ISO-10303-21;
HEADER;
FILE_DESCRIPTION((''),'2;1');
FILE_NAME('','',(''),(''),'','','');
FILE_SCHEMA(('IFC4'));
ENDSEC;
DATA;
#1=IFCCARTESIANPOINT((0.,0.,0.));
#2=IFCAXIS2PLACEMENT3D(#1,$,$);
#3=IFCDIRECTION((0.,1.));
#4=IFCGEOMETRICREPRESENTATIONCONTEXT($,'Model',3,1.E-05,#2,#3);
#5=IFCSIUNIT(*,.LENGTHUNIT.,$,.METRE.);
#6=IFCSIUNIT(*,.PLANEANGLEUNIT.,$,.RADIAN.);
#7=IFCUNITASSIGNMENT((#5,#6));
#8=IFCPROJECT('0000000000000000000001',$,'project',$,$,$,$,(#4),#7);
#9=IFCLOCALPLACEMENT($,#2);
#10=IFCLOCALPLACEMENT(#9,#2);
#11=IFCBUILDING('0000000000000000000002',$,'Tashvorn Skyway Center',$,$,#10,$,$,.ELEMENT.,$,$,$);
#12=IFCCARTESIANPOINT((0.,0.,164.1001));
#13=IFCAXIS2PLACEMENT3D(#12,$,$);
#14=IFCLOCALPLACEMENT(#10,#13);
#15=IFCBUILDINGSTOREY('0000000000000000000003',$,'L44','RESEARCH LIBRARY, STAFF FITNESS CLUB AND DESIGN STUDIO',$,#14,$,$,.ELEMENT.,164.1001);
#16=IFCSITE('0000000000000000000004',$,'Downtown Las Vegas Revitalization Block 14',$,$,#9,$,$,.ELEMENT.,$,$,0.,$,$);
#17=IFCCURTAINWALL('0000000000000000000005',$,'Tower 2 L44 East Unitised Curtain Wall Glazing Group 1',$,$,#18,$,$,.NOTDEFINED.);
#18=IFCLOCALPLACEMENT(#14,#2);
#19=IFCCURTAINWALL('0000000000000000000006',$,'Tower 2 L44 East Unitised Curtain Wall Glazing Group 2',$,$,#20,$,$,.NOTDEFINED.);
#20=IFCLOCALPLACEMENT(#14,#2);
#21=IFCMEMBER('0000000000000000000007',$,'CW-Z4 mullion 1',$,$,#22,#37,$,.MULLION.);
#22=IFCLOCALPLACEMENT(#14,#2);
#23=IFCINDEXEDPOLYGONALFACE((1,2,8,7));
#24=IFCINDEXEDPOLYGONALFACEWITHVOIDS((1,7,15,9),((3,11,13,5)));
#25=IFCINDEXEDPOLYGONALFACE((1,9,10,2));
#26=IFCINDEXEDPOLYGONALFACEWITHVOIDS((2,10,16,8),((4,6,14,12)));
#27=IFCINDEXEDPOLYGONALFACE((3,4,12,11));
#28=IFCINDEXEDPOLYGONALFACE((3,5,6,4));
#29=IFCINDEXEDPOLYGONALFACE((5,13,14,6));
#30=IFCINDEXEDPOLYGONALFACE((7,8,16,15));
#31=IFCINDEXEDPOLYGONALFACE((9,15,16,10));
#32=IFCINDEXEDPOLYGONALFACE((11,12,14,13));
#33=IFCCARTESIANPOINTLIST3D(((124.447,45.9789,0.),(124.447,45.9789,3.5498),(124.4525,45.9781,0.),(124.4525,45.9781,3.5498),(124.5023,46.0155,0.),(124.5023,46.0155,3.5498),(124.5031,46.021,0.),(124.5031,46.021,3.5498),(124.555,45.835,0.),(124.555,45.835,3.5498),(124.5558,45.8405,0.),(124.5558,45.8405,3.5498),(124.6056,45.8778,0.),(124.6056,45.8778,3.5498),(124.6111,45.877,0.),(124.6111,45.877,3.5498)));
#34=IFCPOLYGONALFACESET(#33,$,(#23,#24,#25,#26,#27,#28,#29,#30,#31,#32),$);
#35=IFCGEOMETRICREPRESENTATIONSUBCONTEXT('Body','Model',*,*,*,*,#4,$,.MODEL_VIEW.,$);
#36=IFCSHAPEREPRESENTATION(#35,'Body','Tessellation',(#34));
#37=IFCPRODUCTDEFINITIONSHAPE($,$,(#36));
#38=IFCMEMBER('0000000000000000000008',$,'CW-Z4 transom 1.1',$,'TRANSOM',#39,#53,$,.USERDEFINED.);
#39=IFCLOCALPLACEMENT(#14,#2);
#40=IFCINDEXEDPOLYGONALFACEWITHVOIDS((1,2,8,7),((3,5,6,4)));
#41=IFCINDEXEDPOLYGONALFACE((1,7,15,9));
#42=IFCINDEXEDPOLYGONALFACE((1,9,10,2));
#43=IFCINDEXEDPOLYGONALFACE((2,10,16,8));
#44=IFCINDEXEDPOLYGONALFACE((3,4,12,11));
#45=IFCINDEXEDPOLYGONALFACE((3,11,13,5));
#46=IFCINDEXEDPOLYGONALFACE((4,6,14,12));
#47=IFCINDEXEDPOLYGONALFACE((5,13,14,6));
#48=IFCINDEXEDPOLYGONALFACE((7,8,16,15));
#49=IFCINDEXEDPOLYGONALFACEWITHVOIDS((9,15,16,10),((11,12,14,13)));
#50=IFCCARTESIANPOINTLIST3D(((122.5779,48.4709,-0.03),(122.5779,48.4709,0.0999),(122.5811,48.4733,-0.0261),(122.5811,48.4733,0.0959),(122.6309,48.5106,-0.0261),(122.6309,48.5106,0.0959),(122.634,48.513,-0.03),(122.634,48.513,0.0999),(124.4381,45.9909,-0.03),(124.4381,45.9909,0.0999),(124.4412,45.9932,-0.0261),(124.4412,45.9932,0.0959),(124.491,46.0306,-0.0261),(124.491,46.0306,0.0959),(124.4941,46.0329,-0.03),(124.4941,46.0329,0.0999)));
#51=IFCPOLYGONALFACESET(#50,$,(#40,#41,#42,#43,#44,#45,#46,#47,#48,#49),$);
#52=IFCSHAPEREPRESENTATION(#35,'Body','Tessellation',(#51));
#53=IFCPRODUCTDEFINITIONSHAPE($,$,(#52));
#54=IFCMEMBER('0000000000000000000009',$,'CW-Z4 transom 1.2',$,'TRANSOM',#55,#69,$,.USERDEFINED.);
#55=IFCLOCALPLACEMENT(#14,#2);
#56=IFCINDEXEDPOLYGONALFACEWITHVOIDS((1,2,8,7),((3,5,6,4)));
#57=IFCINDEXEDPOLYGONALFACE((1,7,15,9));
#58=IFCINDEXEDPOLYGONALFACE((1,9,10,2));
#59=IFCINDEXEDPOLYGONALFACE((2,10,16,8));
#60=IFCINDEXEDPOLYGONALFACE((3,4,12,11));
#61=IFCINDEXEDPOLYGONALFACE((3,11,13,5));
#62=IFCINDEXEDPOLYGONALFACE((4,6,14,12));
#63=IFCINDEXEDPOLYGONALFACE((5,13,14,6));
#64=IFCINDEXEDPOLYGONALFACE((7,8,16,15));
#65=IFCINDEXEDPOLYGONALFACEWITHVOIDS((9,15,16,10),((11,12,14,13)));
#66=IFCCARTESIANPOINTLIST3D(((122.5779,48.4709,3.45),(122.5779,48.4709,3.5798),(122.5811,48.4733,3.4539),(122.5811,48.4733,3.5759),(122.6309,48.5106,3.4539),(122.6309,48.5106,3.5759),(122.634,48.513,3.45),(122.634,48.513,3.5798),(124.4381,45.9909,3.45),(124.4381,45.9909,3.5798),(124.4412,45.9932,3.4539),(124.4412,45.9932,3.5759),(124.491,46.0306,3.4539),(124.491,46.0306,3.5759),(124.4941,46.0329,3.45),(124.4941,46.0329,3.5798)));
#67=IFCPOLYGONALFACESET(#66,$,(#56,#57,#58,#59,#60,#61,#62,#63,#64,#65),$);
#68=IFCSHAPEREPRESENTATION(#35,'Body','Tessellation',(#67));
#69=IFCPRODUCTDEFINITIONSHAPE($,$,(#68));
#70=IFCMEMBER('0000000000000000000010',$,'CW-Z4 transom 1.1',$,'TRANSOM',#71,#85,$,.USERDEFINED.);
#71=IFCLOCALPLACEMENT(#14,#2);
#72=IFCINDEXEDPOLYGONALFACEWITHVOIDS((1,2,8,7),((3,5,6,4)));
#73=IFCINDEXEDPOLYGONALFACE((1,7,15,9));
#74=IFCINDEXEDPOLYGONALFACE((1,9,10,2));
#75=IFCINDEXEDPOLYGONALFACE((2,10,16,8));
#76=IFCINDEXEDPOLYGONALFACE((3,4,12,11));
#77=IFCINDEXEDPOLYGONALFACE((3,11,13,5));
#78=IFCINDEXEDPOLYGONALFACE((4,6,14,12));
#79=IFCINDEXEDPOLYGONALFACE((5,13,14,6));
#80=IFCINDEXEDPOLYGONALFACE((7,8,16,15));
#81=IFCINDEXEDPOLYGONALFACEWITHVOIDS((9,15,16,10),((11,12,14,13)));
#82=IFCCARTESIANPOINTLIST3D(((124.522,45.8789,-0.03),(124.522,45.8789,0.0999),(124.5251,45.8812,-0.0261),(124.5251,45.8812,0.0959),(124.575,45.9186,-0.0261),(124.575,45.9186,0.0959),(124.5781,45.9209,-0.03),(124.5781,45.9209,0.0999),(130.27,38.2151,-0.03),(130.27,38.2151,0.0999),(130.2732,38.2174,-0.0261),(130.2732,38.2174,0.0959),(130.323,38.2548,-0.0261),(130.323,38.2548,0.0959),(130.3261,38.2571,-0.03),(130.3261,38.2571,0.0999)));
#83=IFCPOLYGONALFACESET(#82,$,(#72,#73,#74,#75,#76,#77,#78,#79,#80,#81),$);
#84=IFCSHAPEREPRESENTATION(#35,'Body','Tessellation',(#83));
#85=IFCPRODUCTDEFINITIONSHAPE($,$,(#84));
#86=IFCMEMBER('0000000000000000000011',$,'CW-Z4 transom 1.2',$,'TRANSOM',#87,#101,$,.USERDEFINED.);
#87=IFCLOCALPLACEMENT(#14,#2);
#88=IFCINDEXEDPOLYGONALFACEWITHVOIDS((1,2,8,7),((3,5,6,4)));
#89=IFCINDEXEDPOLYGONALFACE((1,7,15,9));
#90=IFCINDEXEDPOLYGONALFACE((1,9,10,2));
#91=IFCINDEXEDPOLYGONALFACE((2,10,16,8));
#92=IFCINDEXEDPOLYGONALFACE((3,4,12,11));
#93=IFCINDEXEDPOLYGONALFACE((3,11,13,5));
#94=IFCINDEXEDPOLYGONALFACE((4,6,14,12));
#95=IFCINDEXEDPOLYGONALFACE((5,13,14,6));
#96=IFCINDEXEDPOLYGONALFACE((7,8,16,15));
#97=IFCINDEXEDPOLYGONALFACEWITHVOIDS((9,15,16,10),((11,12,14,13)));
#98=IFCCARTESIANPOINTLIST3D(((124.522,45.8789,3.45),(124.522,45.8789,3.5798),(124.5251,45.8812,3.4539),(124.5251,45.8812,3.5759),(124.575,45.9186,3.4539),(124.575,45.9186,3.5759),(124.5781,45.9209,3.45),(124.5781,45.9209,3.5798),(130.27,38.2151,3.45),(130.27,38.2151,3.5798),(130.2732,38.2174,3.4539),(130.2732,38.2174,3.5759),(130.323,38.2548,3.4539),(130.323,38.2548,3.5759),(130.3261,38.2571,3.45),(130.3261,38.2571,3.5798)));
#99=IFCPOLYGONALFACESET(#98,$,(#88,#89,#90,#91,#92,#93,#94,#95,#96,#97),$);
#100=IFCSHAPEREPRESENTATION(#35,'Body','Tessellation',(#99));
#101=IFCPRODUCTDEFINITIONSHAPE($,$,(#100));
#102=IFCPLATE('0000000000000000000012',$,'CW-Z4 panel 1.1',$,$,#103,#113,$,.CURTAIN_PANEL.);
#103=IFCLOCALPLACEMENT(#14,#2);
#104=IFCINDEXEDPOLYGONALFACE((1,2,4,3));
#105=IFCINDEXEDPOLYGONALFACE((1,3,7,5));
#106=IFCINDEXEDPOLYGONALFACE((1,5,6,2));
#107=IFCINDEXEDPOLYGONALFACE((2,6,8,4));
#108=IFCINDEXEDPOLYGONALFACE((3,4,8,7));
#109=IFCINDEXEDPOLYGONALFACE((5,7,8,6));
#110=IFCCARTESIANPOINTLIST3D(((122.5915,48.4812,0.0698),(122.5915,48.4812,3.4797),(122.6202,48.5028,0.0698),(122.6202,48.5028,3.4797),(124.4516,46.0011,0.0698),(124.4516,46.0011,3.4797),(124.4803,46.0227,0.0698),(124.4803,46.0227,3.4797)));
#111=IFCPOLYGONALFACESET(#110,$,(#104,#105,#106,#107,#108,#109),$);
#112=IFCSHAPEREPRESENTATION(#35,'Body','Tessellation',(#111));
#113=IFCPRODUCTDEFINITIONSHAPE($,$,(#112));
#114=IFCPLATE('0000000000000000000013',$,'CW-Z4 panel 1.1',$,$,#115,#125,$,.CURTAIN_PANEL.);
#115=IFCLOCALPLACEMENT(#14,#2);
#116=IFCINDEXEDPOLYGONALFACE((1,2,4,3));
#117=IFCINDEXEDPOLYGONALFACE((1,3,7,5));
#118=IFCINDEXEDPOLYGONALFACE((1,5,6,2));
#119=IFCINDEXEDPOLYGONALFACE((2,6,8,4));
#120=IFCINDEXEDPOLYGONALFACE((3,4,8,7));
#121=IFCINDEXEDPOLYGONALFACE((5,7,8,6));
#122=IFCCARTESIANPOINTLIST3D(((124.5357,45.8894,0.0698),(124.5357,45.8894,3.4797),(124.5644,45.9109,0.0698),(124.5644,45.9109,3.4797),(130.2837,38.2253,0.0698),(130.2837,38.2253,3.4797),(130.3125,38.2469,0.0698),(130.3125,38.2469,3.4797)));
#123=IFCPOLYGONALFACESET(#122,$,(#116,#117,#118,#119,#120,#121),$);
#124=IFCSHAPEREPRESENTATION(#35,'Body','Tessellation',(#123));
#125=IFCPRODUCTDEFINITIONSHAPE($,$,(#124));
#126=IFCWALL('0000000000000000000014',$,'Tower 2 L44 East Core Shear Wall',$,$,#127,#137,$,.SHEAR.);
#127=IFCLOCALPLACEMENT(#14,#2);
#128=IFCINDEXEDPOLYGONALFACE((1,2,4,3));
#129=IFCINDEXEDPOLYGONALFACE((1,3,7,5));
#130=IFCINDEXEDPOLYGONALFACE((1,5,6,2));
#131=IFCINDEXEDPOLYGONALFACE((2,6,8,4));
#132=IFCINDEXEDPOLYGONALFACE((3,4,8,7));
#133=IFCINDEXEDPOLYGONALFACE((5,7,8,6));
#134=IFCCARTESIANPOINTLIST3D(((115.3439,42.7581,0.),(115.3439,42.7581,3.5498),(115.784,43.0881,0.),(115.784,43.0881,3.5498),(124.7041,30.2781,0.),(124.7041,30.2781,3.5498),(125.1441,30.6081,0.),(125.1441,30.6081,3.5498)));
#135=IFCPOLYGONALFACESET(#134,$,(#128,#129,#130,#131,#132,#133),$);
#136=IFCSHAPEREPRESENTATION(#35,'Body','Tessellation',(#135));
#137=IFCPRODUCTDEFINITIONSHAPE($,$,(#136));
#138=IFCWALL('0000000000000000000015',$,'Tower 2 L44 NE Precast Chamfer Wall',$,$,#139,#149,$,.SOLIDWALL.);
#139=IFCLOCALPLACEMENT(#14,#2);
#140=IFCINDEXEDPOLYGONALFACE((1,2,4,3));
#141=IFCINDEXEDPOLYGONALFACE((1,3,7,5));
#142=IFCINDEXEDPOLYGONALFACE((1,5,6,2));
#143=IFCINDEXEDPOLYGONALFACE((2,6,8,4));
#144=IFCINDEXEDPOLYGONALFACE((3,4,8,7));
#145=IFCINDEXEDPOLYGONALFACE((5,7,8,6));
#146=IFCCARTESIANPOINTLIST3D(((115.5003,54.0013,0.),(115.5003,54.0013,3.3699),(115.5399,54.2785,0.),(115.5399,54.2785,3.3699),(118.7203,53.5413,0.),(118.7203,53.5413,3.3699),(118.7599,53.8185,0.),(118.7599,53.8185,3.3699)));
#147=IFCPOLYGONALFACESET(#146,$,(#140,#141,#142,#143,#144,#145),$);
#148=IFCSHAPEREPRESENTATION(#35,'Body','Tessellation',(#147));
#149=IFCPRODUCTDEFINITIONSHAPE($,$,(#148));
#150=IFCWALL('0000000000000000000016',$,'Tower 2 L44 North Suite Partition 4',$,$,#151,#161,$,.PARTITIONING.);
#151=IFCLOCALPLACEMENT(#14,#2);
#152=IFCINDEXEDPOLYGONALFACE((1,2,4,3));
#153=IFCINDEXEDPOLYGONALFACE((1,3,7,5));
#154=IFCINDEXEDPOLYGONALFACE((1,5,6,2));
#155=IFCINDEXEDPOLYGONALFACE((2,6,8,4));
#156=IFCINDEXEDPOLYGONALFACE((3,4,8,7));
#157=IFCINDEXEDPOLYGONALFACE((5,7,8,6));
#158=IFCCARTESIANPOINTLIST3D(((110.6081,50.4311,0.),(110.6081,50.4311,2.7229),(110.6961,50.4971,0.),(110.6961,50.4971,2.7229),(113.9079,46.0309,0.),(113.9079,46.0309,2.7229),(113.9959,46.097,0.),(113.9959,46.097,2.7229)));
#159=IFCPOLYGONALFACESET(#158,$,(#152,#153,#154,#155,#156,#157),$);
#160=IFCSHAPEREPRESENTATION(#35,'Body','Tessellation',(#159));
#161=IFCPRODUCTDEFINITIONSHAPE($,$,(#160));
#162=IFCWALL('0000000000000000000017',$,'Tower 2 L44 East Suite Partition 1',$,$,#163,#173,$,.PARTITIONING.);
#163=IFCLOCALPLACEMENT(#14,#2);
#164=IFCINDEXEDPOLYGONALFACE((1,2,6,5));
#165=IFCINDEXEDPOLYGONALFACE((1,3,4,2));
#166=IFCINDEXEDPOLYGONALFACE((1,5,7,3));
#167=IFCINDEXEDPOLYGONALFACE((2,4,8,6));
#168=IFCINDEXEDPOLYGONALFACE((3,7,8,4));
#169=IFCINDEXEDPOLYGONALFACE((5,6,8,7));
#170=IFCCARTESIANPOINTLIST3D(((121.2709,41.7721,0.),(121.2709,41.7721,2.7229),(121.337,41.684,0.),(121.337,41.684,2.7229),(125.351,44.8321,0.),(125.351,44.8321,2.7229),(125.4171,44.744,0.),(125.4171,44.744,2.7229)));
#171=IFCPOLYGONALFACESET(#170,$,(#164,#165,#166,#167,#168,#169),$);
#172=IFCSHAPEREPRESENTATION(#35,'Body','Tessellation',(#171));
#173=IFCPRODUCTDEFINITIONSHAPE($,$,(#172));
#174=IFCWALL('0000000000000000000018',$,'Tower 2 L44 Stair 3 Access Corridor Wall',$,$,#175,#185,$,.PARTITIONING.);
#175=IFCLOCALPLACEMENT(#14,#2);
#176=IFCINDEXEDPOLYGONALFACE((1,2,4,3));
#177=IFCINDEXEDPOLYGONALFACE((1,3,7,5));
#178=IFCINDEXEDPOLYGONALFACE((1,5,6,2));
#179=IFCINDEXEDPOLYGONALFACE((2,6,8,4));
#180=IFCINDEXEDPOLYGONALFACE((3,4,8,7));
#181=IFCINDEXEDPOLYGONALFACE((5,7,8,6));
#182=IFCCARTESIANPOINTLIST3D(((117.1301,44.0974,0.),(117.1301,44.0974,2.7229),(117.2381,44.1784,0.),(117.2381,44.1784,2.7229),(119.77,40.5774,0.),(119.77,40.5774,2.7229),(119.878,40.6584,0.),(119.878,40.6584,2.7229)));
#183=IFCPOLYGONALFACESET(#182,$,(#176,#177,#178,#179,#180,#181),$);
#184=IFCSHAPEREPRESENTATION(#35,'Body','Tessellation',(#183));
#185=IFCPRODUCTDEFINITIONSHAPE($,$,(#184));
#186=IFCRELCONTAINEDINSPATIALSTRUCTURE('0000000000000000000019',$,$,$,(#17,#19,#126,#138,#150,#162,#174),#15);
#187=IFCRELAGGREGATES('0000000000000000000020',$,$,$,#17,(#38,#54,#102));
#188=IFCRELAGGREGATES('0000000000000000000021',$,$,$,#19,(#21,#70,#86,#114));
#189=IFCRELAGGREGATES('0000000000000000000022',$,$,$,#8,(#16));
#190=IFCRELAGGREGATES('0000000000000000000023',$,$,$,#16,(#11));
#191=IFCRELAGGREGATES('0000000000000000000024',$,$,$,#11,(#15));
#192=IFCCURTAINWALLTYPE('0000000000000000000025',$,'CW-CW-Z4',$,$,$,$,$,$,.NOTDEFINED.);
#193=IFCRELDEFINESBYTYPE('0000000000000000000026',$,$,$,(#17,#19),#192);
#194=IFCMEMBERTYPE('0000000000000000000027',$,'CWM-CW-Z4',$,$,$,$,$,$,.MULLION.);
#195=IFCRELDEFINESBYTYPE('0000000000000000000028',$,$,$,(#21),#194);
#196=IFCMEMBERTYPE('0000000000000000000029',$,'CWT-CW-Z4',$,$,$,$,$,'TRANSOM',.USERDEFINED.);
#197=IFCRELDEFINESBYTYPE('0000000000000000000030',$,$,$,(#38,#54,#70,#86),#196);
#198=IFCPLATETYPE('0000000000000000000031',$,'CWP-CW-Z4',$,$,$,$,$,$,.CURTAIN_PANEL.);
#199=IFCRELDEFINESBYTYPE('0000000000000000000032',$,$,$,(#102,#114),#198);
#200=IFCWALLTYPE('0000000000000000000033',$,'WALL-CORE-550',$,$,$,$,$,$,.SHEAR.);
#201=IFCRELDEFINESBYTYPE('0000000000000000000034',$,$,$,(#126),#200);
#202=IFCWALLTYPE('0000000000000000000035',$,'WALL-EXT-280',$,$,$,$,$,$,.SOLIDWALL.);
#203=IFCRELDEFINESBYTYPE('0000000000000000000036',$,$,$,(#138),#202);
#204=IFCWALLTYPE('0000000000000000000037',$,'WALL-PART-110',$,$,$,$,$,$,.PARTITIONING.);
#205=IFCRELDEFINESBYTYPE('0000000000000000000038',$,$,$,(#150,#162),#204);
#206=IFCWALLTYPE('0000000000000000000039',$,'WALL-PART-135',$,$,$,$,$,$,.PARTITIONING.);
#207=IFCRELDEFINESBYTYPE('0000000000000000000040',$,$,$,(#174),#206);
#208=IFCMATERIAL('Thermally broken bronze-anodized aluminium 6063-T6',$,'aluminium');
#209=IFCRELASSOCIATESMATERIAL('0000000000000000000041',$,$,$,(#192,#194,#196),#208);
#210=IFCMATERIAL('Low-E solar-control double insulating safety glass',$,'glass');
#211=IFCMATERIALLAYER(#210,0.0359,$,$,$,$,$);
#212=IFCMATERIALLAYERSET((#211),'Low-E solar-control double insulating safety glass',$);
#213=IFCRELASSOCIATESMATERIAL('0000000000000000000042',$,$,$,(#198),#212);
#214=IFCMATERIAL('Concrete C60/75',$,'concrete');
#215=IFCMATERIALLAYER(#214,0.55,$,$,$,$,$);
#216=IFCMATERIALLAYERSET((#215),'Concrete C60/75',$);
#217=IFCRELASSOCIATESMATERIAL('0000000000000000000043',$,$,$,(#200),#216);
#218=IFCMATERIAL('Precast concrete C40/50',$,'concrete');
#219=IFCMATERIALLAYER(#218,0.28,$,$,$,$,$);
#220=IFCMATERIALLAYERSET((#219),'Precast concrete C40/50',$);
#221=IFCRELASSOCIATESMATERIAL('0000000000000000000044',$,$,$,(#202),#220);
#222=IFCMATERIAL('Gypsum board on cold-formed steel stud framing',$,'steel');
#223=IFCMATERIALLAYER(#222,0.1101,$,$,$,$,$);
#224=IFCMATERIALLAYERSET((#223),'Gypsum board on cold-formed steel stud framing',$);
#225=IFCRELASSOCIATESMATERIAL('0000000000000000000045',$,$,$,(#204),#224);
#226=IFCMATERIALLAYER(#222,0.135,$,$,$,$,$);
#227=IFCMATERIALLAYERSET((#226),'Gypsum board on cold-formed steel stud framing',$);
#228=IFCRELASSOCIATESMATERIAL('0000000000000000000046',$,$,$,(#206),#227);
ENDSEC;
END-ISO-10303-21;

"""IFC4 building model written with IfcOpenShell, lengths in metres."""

from ifc_helpers import new_model, si_unit, direction, frame, frame_2d, origin, origin_2d, place, context, subcontext, project, spatial, rectangle, hollow_rectangle, extrude, material, layer, layer_set, material_profile, profile_set, type_object, element, aggregate, save


model = new_model("IFC4")

# Units and contexts
model_context = context("Model", 3, precision=1e-05, world=origin(), true_north=direction((0.0, 1.0)))
body_context = subcontext(model_context, "Body", "Model", "MODEL_VIEW")
ifc_project = project(units=[si_unit("LENGTHUNIT", "METRE"), si_unit("PLANEANGLEUNIT", "RADIAN")], contexts=[model_context])

# Site, building, storey
site_placement = place(None, origin())
site = spatial("IfcSite", under=ifc_project, at=site_placement, Name="Downtown Las Vegas Revitalization Block 14", CompositionType="ELEMENT", RefElevation=0.0)
building_placement = place(site_placement, origin())
building = spatial("IfcBuilding", under=site, at=building_placement, Name="Tashvorn Skyway Center", CompositionType="ELEMENT")
storey_placement = place(building_placement, frame((0.0, 0.0, 164.1001)))
storey = spatial("IfcBuildingStorey", under=building, at=storey_placement, Name="L44", Description="RESEARCH LIBRARY, STAFF FITNESS CLUB AND DESIGN STUDIO", CompositionType="ELEMENT", Elevation=164.1001)

# Curtain wall
ifc_material_1 = material(Name="Thermally broken bronze-anodized aluminium 6063-T6", Category="aluminium")
curtain_wall_type = type_object("IfcCurtainWallType", Name="CW-CW-Z4", PredefinedType="NOTDEFINED", material=ifc_material_1)
curtain_wall_1_placement = place(storey_placement, origin())
curtain_wall_1 = element("IfcCurtainWall", 1, at=curtain_wall_1_placement, inside=storey, type_object=curtain_wall_type, Name="Tower 2 L44 East Unitised Curtain Wall Glazing Group 1", PredefinedType="NOTDEFINED")
ifc_material_profile_1 = material_profile(ifc_material_1, hollow_rectangle(XDim=0.0701, YDim=0.1799, WallThickness=0.0039, at=origin_2d()), Name="ALU-MULL-70x180")
ifc_profile_set_1 = profile_set([ifc_material_profile_1], Name="Thermally broken bronze-anodized aluminium 6063-T6")
member_type_1 = type_object("IfcMemberType", Name="CWM-CW-Z4", PredefinedType="MULLION", material=ifc_profile_set_1)

# Curtain wall, member
curtain_wall_2_placement = place(storey_placement, origin())
curtain_wall_2 = element("IfcCurtainWall", 2, at=curtain_wall_2_placement, inside=storey, type_object=curtain_wall_type, Name="Tower 2 L44 East Unitised Curtain Wall Glazing Group 2", PredefinedType="NOTDEFINED")
member_1_placement = place(storey_placement, frame((124.5291, 45.928, 0.0), z_axis=(0.0, 0.0, 1.0), x_axis=(0.8, 0.6, 0.0)))
member_1 = element("IfcMember", 3, at=member_1_placement, type_object=member_type_1, Name="CW-Z4 mullion 1", PredefinedType="MULLION", context=body_context, shape_type="SweptSolid", body=[
    extrude(hollow_rectangle(XDim=0.0701, YDim=0.1799, WallThickness=0.0039, at=origin_2d()), origin(), (0.0, 0.0, 1.0), 3.5498),
])

# Members
ifc_material_profile_2 = material_profile(ifc_material_1, hollow_rectangle(XDim=0.0701, YDim=0.1299, WallThickness=0.0039, at=origin_2d()), Name="ALU-TRAN-70x130")
ifc_profile_set_2 = profile_set([ifc_material_profile_2], Name="Thermally broken bronze-anodized aluminium 6063-T6")
member_type_2 = type_object("IfcMemberType", Name="CWT-CW-Z4", ElementType="TRANSOM", PredefinedType="USERDEFINED", material=ifc_profile_set_2)
member_2_placement = place(storey_placement, frame((122.606, 48.4919, 0.0349), z_axis=(0.600025, -0.799981, 0.0), x_axis=(0.799981, 0.600025, 0.0)))
member_2 = element("IfcMember", 4, at=member_2_placement, type_object=member_type_2, Name="CW-Z4 transom 1.1", ObjectType="TRANSOM", PredefinedType="USERDEFINED", context=body_context, shape_type="SweptSolid", body=[
    extrude(hollow_rectangle(XDim=0.0701, YDim=0.1299, WallThickness=0.0039, at=origin_2d()), origin(), (0.0, 0.0, 1.0), 3.1001),
])
member_3_placement = place(storey_placement, frame((122.606, 48.4919, 3.5149), z_axis=(0.600025, -0.799981, 0.0), x_axis=(0.799981, 0.600025, 0.0)))
member_3 = element("IfcMember", 5, at=member_3_placement, type_object=member_type_2, Name="CW-Z4 transom 1.2", ObjectType="TRANSOM", PredefinedType="USERDEFINED", context=body_context, shape_type="SweptSolid", body=[
    extrude(hollow_rectangle(XDim=0.0701, YDim=0.1299, WallThickness=0.0039, at=origin_2d()), origin(), (0.0, 0.0, 1.0), 3.1001),
])
member_4_placement = place(storey_placement, frame((124.55, 45.8999, 0.0349), z_axis=(0.600012, -0.799991, 0.0), x_axis=(0.799991, 0.600012, 0.0)))
member_4 = element("IfcMember", 6, at=member_4_placement, type_object=member_type_2, Name="CW-Z4 transom 1.1", ObjectType="TRANSOM", PredefinedType="USERDEFINED", context=body_context, shape_type="SweptSolid", body=[
    extrude(hollow_rectangle(XDim=0.0701, YDim=0.1299, WallThickness=0.0039, at=origin_2d()), origin(), (0.0, 0.0, 1.0), 9.5798),
])
member_5_placement = place(storey_placement, frame((124.55, 45.8999, 3.5149), z_axis=(0.600012, -0.799991, 0.0), x_axis=(0.799991, 0.600012, 0.0)))
member_5 = element("IfcMember", 7, at=member_5_placement, type_object=member_type_2, Name="CW-Z4 transom 1.2", ObjectType="TRANSOM", PredefinedType="USERDEFINED", context=body_context, shape_type="SweptSolid", body=[
    extrude(hollow_rectangle(XDim=0.0701, YDim=0.1299, WallThickness=0.0039, at=origin_2d()), origin(), (0.0, 0.0, 1.0), 9.5798),
])

# Plates
ifc_material_2 = material(Name="Low-E solar-control double insulating safety glass", Category="glass")
ifc_layer_1 = layer(ifc_material_2, 0.0359)
ifc_layer_set_1 = layer_set([ifc_layer_1], Name="Low-E solar-control double insulating safety glass")
plate_type = type_object("IfcPlateType", Name="CWP-CW-Z4", PredefinedType="CURTAIN_PANEL", material=ifc_layer_set_1)
plate_1_placement = place(storey_placement, frame((123.5359, 47.252, 0.0698), z_axis=(0.0, 0.0, 1.0), x_axis=(0.6, -0.8, 0.0)))
plate_1 = element("IfcPlate", 8, at=plate_1_placement, type_object=plate_type, Name="CW-Z4 panel 1.1", PredefinedType="CURTAIN_PANEL", context=body_context, shape_type="SweptSolid", body=[
    extrude(rectangle(XDim=3.1001, YDim=0.0359, at=origin_2d()), origin(), (0.0, 0.0, 1.0), 3.4099),
])
aggregate(curtain_wall_1, [member_2, member_3, plate_1])
plate_2_placement = place(storey_placement, frame((127.4241, 42.0681, 0.0698), z_axis=(0.0, 0.0, 1.0), x_axis=(0.6, -0.8, 0.0)))
plate_2 = element("IfcPlate", 9, at=plate_2_placement, type_object=plate_type, Name="CW-Z4 panel 1.1", PredefinedType="CURTAIN_PANEL", context=body_context, shape_type="SweptSolid", body=[
    extrude(rectangle(XDim=9.5801, YDim=0.0359, at=origin_2d()), origin(), (0.0, 0.0, 1.0), 3.4099),
])
aggregate(curtain_wall_2, [member_1, member_4, member_5, plate_2])

# Walls
ifc_material_3 = material(Name="Concrete C60/75", Category="concrete")
ifc_layer_2 = layer(ifc_material_3, 0.55)
ifc_layer_set_2 = layer_set([ifc_layer_2], Name="Concrete C60/75")
wall_type_1 = type_object("IfcWallType", Name="WALL-CORE-550", PredefinedType="SHEAR", material=ifc_layer_set_2)
wall_1_placement = place(storey_placement, frame((115.564, 42.9231, 0.0), z_axis=(0.0, 0.0, 1.0), x_axis=(0.600005, -0.799996, 0.0)))
element("IfcWall", 10, at=wall_1_placement, inside=storey, type_object=wall_type_1, Name="Tower 2 L44 East Core Shear Wall", PredefinedType="SHEAR", context=body_context, shape_type="SweptSolid", body=[
    extrude(rectangle(XDim=15.6001, YDim=0.55, at=frame_2d((7.8, 0.0))), origin(), (0.0, 0.0, 1.0), 3.5498),
])
ifc_material_4 = material(Name="Precast concrete C40/50", Category="concrete")
ifc_layer_3 = layer(ifc_material_4, 0.28)
ifc_layer_set_3 = layer_set([ifc_layer_3], Name="Precast concrete C40/50")
wall_type_2 = type_object("IfcWallType", Name="WALL-EXT-280", PredefinedType="SOLIDWALL", material=ifc_layer_set_3)
wall_2_placement = place(storey_placement, frame((115.52, 54.1399, 0.0), z_axis=(0.0, 0.0, 1.0), x_axis=(0.989951, -0.141411, 0.0)))
element("IfcWall", 11, at=wall_2_placement, inside=storey, type_object=wall_type_2, Name="Tower 2 L44 NE Precast Chamfer Wall", PredefinedType="SOLIDWALL", context=body_context, shape_type="SweptSolid", body=[
    extrude(rectangle(XDim=3.2527, YDim=0.28, at=frame_2d((1.6265, 0.0))), origin(), (0.0, 0.0, 1.0), 3.3699),
])
ifc_material_5 = material(Name="Gypsum board on cold-formed steel stud framing", Category="steel")
ifc_layer_4 = layer(ifc_material_5, 0.1101)
ifc_layer_set_4 = layer_set([ifc_layer_4], Name="Gypsum board on cold-formed steel stud framing")
wall_type_3 = type_object("IfcWallType", Name="WALL-PART-110", PredefinedType="PARTITIONING", material=ifc_layer_set_4)
wall_3_placement = place(storey_placement, frame((113.9519, 46.064, 0.0), z_axis=(0.0, 0.0, 1.0), x_axis=(-0.599964, 0.800027, 0.0)))
element("IfcWall", 12, at=wall_3_placement, inside=storey, type_object=wall_type_3, Name="Tower 2 L44 North Suite Partition 4", PredefinedType="PARTITIONING", context=body_context, shape_type="SweptSolid", body=[
    extrude(rectangle(XDim=5.5, YDim=0.1101, at=frame_2d((2.75, 0.0))), origin(), (0.0, 0.0, 1.0), 2.7229),
])
wall_4_placement = place(storey_placement, frame((125.384, 44.7881, 0.0), z_axis=(0.0, 0.0, 1.0), x_axis=(-0.8, -0.6, 0.0)))
element("IfcWall", 13, at=wall_4_placement, inside=storey, type_object=wall_type_3, Name="Tower 2 L44 East Suite Partition 1", PredefinedType="PARTITIONING", context=body_context, shape_type="SweptSolid", body=[
    extrude(rectangle(XDim=5.1001, YDim=0.1101, at=frame_2d((2.55, 0.0))), origin(), (0.0, 0.0, 1.0), 2.7229),
])
ifc_layer_5 = layer(ifc_material_5, 0.135)
ifc_layer_set_5 = layer_set([ifc_layer_5], Name="Gypsum board on cold-formed steel stud framing")
wall_type_4 = type_object("IfcWallType", Name="WALL-PART-135", PredefinedType="PARTITIONING", material=ifc_layer_set_5)
wall_5_placement = place(storey_placement, frame((119.824, 40.6179, 0.0), z_axis=(0.0, 0.0, 1.0), x_axis=(-0.599982, 0.800013, 0.0)))
element("IfcWall", 14, at=wall_5_placement, inside=storey, type_object=wall_type_4, Name="Tower 2 L44 Stair 3 Access Corridor Wall", PredefinedType="PARTITIONING", context=body_context, shape_type="SweptSolid", body=[
    extrude(rectangle(XDim=4.3999, YDim=0.135, at=frame_2d((2.2, 0.0))), origin(), (0.0, 0.0, 1.0), 2.7229),
])

save(model, "model.ifc")
